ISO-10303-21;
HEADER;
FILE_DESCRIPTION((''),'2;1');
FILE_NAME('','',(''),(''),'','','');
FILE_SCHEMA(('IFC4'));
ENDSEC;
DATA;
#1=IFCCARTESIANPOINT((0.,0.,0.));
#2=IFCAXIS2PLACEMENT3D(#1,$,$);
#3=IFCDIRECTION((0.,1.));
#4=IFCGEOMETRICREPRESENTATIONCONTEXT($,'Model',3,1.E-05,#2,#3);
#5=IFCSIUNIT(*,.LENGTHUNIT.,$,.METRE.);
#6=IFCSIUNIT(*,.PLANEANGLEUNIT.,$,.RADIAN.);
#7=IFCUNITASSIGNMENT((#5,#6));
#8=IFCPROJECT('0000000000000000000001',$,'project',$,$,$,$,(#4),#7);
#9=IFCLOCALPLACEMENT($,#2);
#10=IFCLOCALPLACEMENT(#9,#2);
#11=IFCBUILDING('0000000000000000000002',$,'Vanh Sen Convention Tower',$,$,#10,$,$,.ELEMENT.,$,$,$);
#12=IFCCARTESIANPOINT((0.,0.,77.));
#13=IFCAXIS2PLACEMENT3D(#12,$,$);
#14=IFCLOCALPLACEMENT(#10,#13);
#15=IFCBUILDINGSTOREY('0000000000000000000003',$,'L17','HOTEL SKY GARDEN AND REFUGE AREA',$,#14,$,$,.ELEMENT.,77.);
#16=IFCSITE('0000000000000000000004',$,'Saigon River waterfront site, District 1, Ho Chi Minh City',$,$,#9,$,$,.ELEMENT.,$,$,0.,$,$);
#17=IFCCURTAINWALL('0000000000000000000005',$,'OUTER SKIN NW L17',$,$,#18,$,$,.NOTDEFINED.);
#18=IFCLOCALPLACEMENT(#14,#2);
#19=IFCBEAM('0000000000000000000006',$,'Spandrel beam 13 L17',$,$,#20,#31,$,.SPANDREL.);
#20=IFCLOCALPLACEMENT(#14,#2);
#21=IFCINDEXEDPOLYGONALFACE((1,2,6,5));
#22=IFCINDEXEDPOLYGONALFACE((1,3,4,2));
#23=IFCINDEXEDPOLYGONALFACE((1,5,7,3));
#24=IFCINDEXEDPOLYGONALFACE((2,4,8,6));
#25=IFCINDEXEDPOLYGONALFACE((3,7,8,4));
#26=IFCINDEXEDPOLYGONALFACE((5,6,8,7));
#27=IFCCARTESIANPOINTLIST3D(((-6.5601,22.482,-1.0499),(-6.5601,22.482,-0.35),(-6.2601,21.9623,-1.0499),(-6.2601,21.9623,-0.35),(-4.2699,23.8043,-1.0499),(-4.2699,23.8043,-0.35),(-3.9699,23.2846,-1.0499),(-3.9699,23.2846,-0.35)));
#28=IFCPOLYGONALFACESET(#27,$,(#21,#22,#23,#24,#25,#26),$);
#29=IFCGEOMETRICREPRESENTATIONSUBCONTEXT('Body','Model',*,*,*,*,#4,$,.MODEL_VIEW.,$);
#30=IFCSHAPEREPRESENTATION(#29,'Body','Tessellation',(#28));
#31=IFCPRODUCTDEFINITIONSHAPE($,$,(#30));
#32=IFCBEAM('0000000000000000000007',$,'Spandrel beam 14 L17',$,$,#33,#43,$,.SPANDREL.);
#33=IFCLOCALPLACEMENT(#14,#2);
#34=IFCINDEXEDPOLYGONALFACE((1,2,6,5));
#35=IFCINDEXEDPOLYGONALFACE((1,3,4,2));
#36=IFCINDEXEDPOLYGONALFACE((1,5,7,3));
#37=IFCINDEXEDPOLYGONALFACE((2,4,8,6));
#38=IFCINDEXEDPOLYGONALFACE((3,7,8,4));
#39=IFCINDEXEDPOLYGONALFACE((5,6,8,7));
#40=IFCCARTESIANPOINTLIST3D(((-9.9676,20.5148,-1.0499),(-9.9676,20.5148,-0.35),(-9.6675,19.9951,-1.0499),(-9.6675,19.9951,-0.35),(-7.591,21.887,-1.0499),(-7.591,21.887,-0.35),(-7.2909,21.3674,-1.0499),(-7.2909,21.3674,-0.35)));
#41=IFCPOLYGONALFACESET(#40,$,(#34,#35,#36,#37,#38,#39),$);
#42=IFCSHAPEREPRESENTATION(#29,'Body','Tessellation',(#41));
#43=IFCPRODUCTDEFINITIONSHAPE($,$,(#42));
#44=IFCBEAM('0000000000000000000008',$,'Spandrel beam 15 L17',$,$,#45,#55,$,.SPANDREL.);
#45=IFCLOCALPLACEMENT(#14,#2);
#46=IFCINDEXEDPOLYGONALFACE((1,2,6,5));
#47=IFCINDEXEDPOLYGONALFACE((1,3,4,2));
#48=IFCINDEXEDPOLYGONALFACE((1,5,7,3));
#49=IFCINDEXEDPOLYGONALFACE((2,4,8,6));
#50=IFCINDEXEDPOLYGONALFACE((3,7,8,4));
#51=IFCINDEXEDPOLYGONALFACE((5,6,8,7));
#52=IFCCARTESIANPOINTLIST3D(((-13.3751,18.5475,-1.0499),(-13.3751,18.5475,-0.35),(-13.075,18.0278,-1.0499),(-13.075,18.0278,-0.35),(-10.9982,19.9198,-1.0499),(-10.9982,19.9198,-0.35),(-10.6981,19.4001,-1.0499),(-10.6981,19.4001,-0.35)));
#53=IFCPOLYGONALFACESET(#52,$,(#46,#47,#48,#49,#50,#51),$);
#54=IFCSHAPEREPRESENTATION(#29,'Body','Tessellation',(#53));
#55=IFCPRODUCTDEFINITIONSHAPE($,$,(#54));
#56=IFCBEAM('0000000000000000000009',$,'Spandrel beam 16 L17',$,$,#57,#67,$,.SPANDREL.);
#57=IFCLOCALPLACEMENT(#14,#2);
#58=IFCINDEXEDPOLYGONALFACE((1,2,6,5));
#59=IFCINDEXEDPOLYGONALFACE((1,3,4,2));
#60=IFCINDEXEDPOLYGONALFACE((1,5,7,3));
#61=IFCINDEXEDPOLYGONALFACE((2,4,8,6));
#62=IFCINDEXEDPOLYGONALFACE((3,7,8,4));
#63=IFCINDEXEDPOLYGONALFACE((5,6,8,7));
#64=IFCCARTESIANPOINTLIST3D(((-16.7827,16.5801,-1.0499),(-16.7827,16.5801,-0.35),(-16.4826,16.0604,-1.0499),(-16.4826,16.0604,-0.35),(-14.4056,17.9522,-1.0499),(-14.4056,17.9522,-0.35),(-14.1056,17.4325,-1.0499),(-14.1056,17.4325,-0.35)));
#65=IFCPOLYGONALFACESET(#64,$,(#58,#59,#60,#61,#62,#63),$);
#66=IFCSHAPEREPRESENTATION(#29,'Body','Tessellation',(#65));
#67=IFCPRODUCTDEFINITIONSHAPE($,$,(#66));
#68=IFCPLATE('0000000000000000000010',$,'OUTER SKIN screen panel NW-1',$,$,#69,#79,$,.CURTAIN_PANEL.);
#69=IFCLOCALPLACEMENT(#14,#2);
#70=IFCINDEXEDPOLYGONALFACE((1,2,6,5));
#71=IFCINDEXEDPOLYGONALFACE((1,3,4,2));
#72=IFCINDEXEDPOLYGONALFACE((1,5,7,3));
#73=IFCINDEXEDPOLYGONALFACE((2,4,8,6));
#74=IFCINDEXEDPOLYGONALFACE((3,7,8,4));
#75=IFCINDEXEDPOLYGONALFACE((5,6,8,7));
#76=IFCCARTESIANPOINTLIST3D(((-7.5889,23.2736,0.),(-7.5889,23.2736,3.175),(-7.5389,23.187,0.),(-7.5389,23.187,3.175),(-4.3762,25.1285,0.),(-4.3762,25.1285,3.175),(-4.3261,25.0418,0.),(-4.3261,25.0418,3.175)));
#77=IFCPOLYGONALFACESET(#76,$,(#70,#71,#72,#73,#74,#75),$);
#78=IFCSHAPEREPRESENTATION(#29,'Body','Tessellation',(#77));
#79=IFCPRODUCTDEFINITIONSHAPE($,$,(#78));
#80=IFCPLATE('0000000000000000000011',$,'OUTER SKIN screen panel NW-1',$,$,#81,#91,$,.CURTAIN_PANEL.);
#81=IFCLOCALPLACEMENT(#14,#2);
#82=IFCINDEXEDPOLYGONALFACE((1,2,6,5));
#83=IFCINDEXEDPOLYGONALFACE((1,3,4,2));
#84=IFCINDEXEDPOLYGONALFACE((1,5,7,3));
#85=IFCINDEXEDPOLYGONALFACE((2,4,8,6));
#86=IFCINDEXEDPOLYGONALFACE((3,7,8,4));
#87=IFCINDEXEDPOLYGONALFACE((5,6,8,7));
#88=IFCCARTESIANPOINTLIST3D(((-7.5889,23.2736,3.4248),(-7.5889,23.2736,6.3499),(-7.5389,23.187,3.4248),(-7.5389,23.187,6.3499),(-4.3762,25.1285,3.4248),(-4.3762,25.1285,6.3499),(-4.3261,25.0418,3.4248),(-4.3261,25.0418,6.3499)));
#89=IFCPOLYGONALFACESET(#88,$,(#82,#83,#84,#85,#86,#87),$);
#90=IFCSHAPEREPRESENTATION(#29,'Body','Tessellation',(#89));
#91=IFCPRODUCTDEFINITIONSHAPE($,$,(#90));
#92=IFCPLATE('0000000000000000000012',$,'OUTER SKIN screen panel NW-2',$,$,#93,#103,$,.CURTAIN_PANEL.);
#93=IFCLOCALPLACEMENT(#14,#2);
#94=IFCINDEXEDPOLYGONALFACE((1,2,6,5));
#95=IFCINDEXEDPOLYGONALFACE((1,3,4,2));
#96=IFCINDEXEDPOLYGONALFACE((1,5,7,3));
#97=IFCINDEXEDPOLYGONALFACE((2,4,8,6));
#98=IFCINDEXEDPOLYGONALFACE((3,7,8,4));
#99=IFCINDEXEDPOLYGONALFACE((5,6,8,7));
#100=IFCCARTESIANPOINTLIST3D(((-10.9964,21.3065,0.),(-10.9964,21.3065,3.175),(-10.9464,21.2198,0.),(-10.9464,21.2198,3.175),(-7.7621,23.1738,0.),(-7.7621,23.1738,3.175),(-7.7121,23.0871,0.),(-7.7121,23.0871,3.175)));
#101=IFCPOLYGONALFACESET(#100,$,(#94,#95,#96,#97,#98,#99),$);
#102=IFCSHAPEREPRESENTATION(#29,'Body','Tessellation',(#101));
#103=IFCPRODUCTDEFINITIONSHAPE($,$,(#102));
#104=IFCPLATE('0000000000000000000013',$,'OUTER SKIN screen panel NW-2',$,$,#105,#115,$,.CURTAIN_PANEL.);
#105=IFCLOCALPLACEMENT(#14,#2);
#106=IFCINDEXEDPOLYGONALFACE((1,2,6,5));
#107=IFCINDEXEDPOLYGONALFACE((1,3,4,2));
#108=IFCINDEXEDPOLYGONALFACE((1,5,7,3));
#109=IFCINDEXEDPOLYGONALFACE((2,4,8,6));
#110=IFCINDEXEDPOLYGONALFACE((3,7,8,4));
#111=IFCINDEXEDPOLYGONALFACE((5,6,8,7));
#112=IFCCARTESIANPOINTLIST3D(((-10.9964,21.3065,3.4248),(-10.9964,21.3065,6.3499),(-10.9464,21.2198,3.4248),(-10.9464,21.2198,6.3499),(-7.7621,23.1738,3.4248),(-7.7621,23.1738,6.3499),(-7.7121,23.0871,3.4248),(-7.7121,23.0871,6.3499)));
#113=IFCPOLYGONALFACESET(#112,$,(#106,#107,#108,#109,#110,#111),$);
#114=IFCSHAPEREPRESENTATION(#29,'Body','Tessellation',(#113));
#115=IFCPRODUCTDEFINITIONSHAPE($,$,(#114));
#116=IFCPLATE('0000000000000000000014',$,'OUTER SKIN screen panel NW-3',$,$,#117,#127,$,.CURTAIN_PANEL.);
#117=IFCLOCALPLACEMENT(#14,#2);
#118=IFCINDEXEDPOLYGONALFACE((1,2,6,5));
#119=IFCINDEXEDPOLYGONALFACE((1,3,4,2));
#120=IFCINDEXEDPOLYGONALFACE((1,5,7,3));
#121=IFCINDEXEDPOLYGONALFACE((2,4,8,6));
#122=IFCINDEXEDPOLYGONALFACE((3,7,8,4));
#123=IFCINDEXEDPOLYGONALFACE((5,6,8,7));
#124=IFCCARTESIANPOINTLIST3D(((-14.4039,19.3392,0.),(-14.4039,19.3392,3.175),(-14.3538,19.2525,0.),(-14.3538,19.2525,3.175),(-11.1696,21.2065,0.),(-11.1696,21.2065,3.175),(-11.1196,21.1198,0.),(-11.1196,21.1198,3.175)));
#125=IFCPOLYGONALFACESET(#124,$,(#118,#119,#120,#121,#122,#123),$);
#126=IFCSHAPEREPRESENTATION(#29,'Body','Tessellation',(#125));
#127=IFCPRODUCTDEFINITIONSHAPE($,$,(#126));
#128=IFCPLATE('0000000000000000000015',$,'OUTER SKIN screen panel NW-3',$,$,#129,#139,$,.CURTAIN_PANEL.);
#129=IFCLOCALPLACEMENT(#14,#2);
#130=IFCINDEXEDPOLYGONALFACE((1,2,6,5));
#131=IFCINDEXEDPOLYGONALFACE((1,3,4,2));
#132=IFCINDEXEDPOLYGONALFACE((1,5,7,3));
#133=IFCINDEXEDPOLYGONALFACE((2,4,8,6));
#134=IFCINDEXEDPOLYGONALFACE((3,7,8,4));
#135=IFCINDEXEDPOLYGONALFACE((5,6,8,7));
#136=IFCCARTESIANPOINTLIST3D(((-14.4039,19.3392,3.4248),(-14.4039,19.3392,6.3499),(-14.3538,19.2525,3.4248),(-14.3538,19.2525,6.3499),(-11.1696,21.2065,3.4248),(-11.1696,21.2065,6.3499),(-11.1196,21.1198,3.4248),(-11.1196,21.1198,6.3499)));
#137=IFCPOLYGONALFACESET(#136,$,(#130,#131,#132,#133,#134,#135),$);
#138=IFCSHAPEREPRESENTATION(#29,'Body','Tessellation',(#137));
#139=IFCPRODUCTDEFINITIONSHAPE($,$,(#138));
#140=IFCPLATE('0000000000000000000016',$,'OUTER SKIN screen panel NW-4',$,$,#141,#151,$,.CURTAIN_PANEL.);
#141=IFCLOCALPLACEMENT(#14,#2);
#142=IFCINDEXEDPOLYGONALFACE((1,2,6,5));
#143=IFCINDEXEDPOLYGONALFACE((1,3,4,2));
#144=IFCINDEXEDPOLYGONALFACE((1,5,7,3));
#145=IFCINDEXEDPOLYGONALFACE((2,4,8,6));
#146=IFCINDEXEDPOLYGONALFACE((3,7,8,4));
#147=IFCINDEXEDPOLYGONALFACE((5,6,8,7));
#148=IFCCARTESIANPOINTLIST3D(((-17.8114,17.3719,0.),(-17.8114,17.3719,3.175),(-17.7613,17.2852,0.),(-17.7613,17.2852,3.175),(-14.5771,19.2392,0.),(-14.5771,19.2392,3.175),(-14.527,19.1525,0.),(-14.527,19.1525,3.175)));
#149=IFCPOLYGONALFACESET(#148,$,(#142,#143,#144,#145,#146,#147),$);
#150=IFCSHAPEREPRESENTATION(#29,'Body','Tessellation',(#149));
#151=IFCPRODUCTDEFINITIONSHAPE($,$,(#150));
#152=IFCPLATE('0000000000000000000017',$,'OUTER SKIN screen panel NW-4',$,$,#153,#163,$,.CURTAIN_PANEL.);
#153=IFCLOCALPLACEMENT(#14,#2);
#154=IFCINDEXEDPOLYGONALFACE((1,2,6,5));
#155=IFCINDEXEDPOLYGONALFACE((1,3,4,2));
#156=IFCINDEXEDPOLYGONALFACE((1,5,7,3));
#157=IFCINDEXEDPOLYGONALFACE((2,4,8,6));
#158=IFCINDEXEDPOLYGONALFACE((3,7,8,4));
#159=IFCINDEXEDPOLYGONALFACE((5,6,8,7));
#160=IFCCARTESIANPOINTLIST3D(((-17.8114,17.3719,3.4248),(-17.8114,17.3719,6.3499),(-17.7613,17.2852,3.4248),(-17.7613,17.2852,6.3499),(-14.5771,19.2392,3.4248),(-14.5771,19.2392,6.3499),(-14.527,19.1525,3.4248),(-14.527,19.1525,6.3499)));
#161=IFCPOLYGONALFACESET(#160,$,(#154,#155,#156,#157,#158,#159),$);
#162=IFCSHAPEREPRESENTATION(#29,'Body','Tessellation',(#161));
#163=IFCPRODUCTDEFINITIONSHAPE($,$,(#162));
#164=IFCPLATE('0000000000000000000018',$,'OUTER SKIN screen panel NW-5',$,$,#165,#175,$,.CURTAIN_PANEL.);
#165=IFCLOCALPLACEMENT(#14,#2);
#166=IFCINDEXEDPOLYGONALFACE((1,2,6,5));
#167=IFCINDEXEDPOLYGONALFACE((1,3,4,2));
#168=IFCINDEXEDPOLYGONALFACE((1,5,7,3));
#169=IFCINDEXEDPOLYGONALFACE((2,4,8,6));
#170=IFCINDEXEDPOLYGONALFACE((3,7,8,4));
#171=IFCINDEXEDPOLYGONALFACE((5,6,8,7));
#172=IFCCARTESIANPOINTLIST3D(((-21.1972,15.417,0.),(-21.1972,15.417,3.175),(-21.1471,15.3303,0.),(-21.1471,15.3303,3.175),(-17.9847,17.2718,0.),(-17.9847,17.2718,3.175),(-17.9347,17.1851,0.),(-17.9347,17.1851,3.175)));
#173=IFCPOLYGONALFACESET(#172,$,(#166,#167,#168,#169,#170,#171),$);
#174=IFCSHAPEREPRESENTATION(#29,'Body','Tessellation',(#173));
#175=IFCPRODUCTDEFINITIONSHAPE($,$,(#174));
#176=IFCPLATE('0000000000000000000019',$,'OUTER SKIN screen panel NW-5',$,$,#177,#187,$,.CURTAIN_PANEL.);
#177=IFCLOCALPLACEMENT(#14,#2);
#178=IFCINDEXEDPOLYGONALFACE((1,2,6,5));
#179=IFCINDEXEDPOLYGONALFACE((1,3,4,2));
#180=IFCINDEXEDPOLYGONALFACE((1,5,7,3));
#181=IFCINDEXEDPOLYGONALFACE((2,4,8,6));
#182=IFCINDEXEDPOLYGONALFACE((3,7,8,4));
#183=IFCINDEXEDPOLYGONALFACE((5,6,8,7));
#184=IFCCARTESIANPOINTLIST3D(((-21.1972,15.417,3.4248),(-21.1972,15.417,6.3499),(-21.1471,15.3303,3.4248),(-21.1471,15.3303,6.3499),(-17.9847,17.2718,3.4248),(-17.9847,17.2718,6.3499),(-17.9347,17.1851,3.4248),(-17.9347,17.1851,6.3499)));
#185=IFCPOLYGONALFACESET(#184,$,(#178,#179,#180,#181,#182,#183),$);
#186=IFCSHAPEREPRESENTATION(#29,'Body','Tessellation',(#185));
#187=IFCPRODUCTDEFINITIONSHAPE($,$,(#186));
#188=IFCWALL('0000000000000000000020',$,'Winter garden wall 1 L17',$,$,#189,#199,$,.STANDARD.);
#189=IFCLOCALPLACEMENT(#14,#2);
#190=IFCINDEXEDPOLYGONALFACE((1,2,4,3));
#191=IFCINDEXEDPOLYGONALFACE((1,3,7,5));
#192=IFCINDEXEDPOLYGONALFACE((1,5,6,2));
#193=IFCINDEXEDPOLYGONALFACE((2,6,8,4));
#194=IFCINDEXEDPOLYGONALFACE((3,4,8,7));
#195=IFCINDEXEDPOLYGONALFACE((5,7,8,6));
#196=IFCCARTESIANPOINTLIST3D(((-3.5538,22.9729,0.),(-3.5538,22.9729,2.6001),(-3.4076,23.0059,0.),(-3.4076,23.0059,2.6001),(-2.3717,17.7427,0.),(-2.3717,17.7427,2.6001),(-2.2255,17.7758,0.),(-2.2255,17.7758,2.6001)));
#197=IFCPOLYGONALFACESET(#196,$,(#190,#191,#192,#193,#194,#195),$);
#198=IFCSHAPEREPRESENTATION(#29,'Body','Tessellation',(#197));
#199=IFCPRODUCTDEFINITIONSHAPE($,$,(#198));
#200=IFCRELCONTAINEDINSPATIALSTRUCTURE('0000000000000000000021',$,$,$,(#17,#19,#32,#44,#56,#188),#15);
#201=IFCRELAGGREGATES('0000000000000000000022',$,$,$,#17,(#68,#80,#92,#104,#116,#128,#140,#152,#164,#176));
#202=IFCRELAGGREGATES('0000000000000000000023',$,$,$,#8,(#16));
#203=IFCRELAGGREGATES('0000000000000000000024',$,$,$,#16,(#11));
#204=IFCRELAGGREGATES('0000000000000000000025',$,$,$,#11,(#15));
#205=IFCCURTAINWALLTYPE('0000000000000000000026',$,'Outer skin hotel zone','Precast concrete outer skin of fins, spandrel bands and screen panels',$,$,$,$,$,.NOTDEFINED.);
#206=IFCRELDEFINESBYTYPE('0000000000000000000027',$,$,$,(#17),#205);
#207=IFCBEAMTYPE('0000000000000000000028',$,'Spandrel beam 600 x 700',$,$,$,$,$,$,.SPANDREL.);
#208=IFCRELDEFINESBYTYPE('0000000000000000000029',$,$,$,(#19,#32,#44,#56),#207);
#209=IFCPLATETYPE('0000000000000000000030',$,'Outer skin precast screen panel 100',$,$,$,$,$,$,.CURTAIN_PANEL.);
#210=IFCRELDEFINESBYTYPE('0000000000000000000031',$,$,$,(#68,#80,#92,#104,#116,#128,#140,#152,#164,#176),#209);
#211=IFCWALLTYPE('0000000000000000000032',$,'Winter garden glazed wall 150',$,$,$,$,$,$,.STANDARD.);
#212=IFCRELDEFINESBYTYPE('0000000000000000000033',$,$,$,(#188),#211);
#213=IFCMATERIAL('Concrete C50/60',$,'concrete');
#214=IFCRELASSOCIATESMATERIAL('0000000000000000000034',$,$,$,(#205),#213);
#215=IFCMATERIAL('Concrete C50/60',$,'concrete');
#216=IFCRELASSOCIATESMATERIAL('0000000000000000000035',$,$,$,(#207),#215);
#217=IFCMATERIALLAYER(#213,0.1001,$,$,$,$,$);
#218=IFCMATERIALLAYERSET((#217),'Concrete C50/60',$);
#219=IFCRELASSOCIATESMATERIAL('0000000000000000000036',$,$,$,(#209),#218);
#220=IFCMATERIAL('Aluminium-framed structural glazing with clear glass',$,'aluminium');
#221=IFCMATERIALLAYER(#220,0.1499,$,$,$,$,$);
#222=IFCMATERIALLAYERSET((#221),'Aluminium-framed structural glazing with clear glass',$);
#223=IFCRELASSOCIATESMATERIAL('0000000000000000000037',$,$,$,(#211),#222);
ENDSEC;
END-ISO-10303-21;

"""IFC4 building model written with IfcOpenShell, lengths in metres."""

from ifc_helpers import new_model, si_unit, direction, frame, frame_2d, origin, origin_2d, place, context, subcontext, project, spatial, rectangle, extrude, material, layer, layer_set, material_profile, profile_set, type_object, element, aggregate, save


model = new_model("IFC4")

# Units and contexts
model_context = context("Model", 3, precision=1e-05, world=origin(), true_north=direction((0.0, 1.0)))
body_context = subcontext(model_context, "Body", "Model", "MODEL_VIEW")
ifc_project = project(units=[si_unit("LENGTHUNIT", "METRE"), si_unit("PLANEANGLEUNIT", "RADIAN")], contexts=[model_context])

# Site, building, storey
site_placement = place(None, origin())
site = spatial("IfcSite", under=ifc_project, at=site_placement, Name="Saigon River waterfront site, District 1, Ho Chi Minh City", CompositionType="ELEMENT", RefElevation=0.0)
building_placement = place(site_placement, origin())
building = spatial("IfcBuilding", under=site, at=building_placement, Name="Vanh Sen Convention Tower", CompositionType="ELEMENT")
storey_placement = place(building_placement, frame((0.0, 0.0, 77.0)))
storey = spatial("IfcBuildingStorey", under=building, at=storey_placement, Name="L17", Description="HOTEL SKY GARDEN AND REFUGE AREA", CompositionType="ELEMENT", Elevation=77.0)

# Curtain wall
ifc_material_1 = material(Name="Concrete C50/60", Category="concrete")
curtain_wall_type = type_object("IfcCurtainWallType", Name="Outer skin hotel zone", Description="Precast concrete outer skin of fins, spandrel bands and screen panels", PredefinedType="NOTDEFINED", material=ifc_material_1)
curtain_wall_placement = place(storey_placement, origin())
curtain_wall = element("IfcCurtainWall", 1, at=curtain_wall_placement, inside=storey, type_object=curtain_wall_type, Name="OUTER SKIN NW L17", PredefinedType="NOTDEFINED")

# Beams
ifc_material_2 = material(Name="Concrete C50/60", Category="concrete")
ifc_material_profile_1 = material_profile(ifc_material_2, rectangle(XDim=0.6001, YDim=0.7, at=origin_2d()), Name="RC 600X700")
ifc_profile_set_1 = profile_set([ifc_material_profile_1], Name="Concrete C50/60")
beam_type_1 = type_object("IfcBeamType", Name="Spandrel beam 600 x 700", PredefinedType="SPANDREL", material=ifc_profile_set_1)
beam_1_placement = place(storey_placement, frame((-4.1199, 23.5444, -0.7), z_axis=(-0.86603, -0.499991, 0.0), x_axis=(0.499991, -0.86603, 0.0)))
element("IfcBeam", 2, at=beam_1_placement, inside=storey, type_object=beam_type_1, Name="Spandrel beam 13 L17", PredefinedType="SPANDREL", context=body_context, shape_type="SweptSolid", body=[
    extrude(rectangle(XDim=0.6001, YDim=0.7, at=origin_2d()), origin(), (0.0, 0.0, 1.0), 2.6445),
])
beam_2_placement = place(storey_placement, frame((-7.4409, 21.6272, -0.7), z_axis=(-0.866006, -0.500033, 0.0), x_axis=(0.500033, -0.866006, 0.0)))
element("IfcBeam", 3, at=beam_2_placement, inside=storey, type_object=beam_type_1, Name="Spandrel beam 14 L17", PredefinedType="SPANDREL", context=body_context, shape_type="SweptSolid", body=[
    extrude(rectangle(XDim=0.6001, YDim=0.7, at=origin_2d()), origin(), (0.0, 0.0, 1.0), 2.7444),
])
for number, where, z_axis, x_axis, name in (
    (4, (-10.8481, 19.6599, -0.7), (-0.866029, -0.499995, 0.0), (0.499995, -0.866029, 0.0), "Spandrel beam 15 L17"),
    (5, (-14.2556, 17.6924, -0.7), (-0.866067, -0.499928, 0.0), (0.499928, -0.866067, 0.0), "Spandrel beam 16 L17"),
):
    element("IfcBeam", number, at=place(storey_placement, frame(where, z_axis=z_axis, x_axis=x_axis)), inside=storey, type_object=beam_type_1, Name=name, PredefinedType="SPANDREL", context=body_context, shape_type="SweptSolid", body=[
        extrude(rectangle(XDim=0.6001, YDim=0.7, at=origin_2d()), origin(), (0.0, 0.0, 1.0), 2.7446),
    ])

# Plates
ifc_layer_1 = layer(ifc_material_1, 0.1001)
ifc_layer_set_1 = layer_set([ifc_layer_1], Name="Concrete C50/60")
plate_type = type_object("IfcPlateType", Name="Outer skin precast screen panel 100", PredefinedType="CURTAIN_PANEL", material=ifc_layer_set_1)
plate_1_placement = place(storey_placement, frame((-5.9575, 24.1577, 0.0), z_axis=(0.0, 0.0, 1.0), x_axis=(-0.866028, -0.499995, 0.0)))
plate_1 = element("IfcPlate", 6, at=plate_1_placement, type_object=plate_type, Name="OUTER SKIN screen panel NW-1", PredefinedType="CURTAIN_PANEL", context=body_context, shape_type="SweptSolid", body=[
    extrude(rectangle(XDim=3.7097, YDim=0.1001, at=origin_2d()), origin(), (0.0, 0.0, 1.0), 3.175),
])
plate_2_placement = place(storey_placement, frame((-5.9575, 24.1577, 3.4248), z_axis=(0.0, 0.0, 1.0), x_axis=(-0.866028, -0.499995, 0.0)))
plate_2 = element("IfcPlate", 7, at=plate_2_placement, type_object=plate_type, Name="OUTER SKIN screen panel NW-1", PredefinedType="CURTAIN_PANEL", context=body_context, shape_type="SweptSolid", body=[
    extrude(rectangle(XDim=3.7097, YDim=0.1001, at=origin_2d()), origin(), (0.0, 0.0, 1.0), 2.925),
])
plate_3_placement = place(storey_placement, frame((-9.3542, 22.1968, 0.0), z_axis=(0.0, 0.0, 1.0), x_axis=(-0.866021, -0.500008, 0.0)))
plate_3 = element("IfcPlate", 8, at=plate_3_placement, type_object=plate_type, Name="OUTER SKIN screen panel NW-2", PredefinedType="CURTAIN_PANEL", context=body_context, shape_type="SweptSolid", body=[
    extrude(rectangle(XDim=3.7346, YDim=0.1001, at=origin_2d()), origin(), (0.0, 0.0, 1.0), 3.175),
])
plate_4_placement = place(storey_placement, frame((-9.3542, 22.1968, 3.4248), z_axis=(0.0, 0.0, 1.0), x_axis=(-0.866021, -0.500008, 0.0)))
plate_4 = element("IfcPlate", 9, at=plate_4_placement, type_object=plate_type, Name="OUTER SKIN screen panel NW-2", PredefinedType="CURTAIN_PANEL", context=body_context, shape_type="SweptSolid", body=[
    extrude(rectangle(XDim=3.7346, YDim=0.1001, at=origin_2d()), origin(), (0.0, 0.0, 1.0), 2.925),
])
plate_5_placement = place(storey_placement, frame((-12.7617, 20.2295, 0.0), z_axis=(0.0, 0.0, 1.0), x_axis=(-0.866028, -0.499995, 0.0)))
plate_5 = element("IfcPlate", 10, at=plate_5_placement, type_object=plate_type, Name="OUTER SKIN screen panel NW-3", PredefinedType="CURTAIN_PANEL", context=body_context, shape_type="SweptSolid", body=[
    extrude(rectangle(XDim=3.7346, YDim=0.1001, at=origin_2d()), origin(), (0.0, 0.0, 1.0), 3.175),
])
plate_6_placement = place(storey_placement, frame((-12.7617, 20.2295, 3.4248), z_axis=(0.0, 0.0, 1.0), x_axis=(-0.866028, -0.499995, 0.0)))
plate_6 = element("IfcPlate", 11, at=plate_6_placement, type_object=plate_type, Name="OUTER SKIN screen panel NW-3", PredefinedType="CURTAIN_PANEL", context=body_context, shape_type="SweptSolid", body=[
    extrude(rectangle(XDim=3.7346, YDim=0.1001, at=origin_2d()), origin(), (0.0, 0.0, 1.0), 2.925),
])
plate_7_placement = place(storey_placement, frame((-16.1692, 18.2622, 0.0), z_axis=(0.0, 0.0, 1.0), x_axis=(-0.866028, -0.499995, 0.0)))
plate_7 = element("IfcPlate", 12, at=plate_7_placement, type_object=plate_type, Name="OUTER SKIN screen panel NW-4", PredefinedType="CURTAIN_PANEL", context=body_context, shape_type="SweptSolid", body=[
    extrude(rectangle(XDim=3.7346, YDim=0.1001, at=origin_2d()), origin(), (0.0, 0.0, 1.0), 3.175),
])
plate_8_placement = place(storey_placement, frame((-16.1692, 18.2622, 3.4248), z_axis=(0.0, 0.0, 1.0), x_axis=(-0.866028, -0.499995, 0.0)))
plate_8 = element("IfcPlate", 13, at=plate_8_placement, type_object=plate_type, Name="OUTER SKIN screen panel NW-4", PredefinedType="CURTAIN_PANEL", context=body_context, shape_type="SweptSolid", body=[
    extrude(rectangle(XDim=3.7346, YDim=0.1001, at=origin_2d()), origin(), (0.0, 0.0, 1.0), 2.925),
])
plate_9_placement = place(storey_placement, frame((-19.5659, 16.301, 0.0), z_axis=(0.0, 0.0, 1.0), x_axis=(-0.866021, -0.500008, 0.0)))
plate_9 = element("IfcPlate", 14, at=plate_9_placement, type_object=plate_type, Name="OUTER SKIN screen panel NW-5", PredefinedType="CURTAIN_PANEL", context=body_context, shape_type="SweptSolid", body=[
    extrude(rectangle(XDim=3.7095, YDim=0.1001, at=origin_2d()), origin(), (0.0, 0.0, 1.0), 3.175),
])
plate_10_placement = place(storey_placement, frame((-19.5659, 16.301, 3.4248), z_axis=(0.0, 0.0, 1.0), x_axis=(-0.866021, -0.500008, 0.0)))
plate_10 = element("IfcPlate", 15, at=plate_10_placement, type_object=plate_type, Name="OUTER SKIN screen panel NW-5", PredefinedType="CURTAIN_PANEL", context=body_context, shape_type="SweptSolid", body=[
    extrude(rectangle(XDim=3.7095, YDim=0.1001, at=origin_2d()), origin(), (0.0, 0.0, 1.0), 2.925),
])
aggregate(curtain_wall, [plate_1, plate_2, plate_3, plate_4, plate_5, plate_6, plate_7, plate_8, plate_9, plate_10])

# Wall
ifc_material_3 = material(Name="Aluminium-framed structural glazing with clear glass", Category="aluminium")
ifc_layer_2 = layer(ifc_material_3, 0.1499)
ifc_layer_set_2 = layer_set([ifc_layer_2], Name="Aluminium-framed structural glazing with clear glass")
wall_type = type_object("IfcWallType", Name="Winter garden glazed wall 150", PredefinedType="STANDARD", material=ifc_layer_set_2)
wall_placement = place(storey_placement, frame((-3.4807, 22.9895, 0.0), z_axis=(0.0, 0.0, 1.0), x_axis=(0.220458, -0.975396, 0.0)))
element("IfcWall", 16, at=wall_placement, inside=storey, type_object=wall_type, Name="Winter garden wall 1 L17", PredefinedType="STANDARD", context=body_context, shape_type="SweptSolid", body=[
    extrude(rectangle(XDim=5.3621, YDim=0.1499, at=frame_2d((2.6812, 0.0))), origin(), (0.0, 0.0, 1.0), 2.6001),
])

save(model, "model.ifc")
